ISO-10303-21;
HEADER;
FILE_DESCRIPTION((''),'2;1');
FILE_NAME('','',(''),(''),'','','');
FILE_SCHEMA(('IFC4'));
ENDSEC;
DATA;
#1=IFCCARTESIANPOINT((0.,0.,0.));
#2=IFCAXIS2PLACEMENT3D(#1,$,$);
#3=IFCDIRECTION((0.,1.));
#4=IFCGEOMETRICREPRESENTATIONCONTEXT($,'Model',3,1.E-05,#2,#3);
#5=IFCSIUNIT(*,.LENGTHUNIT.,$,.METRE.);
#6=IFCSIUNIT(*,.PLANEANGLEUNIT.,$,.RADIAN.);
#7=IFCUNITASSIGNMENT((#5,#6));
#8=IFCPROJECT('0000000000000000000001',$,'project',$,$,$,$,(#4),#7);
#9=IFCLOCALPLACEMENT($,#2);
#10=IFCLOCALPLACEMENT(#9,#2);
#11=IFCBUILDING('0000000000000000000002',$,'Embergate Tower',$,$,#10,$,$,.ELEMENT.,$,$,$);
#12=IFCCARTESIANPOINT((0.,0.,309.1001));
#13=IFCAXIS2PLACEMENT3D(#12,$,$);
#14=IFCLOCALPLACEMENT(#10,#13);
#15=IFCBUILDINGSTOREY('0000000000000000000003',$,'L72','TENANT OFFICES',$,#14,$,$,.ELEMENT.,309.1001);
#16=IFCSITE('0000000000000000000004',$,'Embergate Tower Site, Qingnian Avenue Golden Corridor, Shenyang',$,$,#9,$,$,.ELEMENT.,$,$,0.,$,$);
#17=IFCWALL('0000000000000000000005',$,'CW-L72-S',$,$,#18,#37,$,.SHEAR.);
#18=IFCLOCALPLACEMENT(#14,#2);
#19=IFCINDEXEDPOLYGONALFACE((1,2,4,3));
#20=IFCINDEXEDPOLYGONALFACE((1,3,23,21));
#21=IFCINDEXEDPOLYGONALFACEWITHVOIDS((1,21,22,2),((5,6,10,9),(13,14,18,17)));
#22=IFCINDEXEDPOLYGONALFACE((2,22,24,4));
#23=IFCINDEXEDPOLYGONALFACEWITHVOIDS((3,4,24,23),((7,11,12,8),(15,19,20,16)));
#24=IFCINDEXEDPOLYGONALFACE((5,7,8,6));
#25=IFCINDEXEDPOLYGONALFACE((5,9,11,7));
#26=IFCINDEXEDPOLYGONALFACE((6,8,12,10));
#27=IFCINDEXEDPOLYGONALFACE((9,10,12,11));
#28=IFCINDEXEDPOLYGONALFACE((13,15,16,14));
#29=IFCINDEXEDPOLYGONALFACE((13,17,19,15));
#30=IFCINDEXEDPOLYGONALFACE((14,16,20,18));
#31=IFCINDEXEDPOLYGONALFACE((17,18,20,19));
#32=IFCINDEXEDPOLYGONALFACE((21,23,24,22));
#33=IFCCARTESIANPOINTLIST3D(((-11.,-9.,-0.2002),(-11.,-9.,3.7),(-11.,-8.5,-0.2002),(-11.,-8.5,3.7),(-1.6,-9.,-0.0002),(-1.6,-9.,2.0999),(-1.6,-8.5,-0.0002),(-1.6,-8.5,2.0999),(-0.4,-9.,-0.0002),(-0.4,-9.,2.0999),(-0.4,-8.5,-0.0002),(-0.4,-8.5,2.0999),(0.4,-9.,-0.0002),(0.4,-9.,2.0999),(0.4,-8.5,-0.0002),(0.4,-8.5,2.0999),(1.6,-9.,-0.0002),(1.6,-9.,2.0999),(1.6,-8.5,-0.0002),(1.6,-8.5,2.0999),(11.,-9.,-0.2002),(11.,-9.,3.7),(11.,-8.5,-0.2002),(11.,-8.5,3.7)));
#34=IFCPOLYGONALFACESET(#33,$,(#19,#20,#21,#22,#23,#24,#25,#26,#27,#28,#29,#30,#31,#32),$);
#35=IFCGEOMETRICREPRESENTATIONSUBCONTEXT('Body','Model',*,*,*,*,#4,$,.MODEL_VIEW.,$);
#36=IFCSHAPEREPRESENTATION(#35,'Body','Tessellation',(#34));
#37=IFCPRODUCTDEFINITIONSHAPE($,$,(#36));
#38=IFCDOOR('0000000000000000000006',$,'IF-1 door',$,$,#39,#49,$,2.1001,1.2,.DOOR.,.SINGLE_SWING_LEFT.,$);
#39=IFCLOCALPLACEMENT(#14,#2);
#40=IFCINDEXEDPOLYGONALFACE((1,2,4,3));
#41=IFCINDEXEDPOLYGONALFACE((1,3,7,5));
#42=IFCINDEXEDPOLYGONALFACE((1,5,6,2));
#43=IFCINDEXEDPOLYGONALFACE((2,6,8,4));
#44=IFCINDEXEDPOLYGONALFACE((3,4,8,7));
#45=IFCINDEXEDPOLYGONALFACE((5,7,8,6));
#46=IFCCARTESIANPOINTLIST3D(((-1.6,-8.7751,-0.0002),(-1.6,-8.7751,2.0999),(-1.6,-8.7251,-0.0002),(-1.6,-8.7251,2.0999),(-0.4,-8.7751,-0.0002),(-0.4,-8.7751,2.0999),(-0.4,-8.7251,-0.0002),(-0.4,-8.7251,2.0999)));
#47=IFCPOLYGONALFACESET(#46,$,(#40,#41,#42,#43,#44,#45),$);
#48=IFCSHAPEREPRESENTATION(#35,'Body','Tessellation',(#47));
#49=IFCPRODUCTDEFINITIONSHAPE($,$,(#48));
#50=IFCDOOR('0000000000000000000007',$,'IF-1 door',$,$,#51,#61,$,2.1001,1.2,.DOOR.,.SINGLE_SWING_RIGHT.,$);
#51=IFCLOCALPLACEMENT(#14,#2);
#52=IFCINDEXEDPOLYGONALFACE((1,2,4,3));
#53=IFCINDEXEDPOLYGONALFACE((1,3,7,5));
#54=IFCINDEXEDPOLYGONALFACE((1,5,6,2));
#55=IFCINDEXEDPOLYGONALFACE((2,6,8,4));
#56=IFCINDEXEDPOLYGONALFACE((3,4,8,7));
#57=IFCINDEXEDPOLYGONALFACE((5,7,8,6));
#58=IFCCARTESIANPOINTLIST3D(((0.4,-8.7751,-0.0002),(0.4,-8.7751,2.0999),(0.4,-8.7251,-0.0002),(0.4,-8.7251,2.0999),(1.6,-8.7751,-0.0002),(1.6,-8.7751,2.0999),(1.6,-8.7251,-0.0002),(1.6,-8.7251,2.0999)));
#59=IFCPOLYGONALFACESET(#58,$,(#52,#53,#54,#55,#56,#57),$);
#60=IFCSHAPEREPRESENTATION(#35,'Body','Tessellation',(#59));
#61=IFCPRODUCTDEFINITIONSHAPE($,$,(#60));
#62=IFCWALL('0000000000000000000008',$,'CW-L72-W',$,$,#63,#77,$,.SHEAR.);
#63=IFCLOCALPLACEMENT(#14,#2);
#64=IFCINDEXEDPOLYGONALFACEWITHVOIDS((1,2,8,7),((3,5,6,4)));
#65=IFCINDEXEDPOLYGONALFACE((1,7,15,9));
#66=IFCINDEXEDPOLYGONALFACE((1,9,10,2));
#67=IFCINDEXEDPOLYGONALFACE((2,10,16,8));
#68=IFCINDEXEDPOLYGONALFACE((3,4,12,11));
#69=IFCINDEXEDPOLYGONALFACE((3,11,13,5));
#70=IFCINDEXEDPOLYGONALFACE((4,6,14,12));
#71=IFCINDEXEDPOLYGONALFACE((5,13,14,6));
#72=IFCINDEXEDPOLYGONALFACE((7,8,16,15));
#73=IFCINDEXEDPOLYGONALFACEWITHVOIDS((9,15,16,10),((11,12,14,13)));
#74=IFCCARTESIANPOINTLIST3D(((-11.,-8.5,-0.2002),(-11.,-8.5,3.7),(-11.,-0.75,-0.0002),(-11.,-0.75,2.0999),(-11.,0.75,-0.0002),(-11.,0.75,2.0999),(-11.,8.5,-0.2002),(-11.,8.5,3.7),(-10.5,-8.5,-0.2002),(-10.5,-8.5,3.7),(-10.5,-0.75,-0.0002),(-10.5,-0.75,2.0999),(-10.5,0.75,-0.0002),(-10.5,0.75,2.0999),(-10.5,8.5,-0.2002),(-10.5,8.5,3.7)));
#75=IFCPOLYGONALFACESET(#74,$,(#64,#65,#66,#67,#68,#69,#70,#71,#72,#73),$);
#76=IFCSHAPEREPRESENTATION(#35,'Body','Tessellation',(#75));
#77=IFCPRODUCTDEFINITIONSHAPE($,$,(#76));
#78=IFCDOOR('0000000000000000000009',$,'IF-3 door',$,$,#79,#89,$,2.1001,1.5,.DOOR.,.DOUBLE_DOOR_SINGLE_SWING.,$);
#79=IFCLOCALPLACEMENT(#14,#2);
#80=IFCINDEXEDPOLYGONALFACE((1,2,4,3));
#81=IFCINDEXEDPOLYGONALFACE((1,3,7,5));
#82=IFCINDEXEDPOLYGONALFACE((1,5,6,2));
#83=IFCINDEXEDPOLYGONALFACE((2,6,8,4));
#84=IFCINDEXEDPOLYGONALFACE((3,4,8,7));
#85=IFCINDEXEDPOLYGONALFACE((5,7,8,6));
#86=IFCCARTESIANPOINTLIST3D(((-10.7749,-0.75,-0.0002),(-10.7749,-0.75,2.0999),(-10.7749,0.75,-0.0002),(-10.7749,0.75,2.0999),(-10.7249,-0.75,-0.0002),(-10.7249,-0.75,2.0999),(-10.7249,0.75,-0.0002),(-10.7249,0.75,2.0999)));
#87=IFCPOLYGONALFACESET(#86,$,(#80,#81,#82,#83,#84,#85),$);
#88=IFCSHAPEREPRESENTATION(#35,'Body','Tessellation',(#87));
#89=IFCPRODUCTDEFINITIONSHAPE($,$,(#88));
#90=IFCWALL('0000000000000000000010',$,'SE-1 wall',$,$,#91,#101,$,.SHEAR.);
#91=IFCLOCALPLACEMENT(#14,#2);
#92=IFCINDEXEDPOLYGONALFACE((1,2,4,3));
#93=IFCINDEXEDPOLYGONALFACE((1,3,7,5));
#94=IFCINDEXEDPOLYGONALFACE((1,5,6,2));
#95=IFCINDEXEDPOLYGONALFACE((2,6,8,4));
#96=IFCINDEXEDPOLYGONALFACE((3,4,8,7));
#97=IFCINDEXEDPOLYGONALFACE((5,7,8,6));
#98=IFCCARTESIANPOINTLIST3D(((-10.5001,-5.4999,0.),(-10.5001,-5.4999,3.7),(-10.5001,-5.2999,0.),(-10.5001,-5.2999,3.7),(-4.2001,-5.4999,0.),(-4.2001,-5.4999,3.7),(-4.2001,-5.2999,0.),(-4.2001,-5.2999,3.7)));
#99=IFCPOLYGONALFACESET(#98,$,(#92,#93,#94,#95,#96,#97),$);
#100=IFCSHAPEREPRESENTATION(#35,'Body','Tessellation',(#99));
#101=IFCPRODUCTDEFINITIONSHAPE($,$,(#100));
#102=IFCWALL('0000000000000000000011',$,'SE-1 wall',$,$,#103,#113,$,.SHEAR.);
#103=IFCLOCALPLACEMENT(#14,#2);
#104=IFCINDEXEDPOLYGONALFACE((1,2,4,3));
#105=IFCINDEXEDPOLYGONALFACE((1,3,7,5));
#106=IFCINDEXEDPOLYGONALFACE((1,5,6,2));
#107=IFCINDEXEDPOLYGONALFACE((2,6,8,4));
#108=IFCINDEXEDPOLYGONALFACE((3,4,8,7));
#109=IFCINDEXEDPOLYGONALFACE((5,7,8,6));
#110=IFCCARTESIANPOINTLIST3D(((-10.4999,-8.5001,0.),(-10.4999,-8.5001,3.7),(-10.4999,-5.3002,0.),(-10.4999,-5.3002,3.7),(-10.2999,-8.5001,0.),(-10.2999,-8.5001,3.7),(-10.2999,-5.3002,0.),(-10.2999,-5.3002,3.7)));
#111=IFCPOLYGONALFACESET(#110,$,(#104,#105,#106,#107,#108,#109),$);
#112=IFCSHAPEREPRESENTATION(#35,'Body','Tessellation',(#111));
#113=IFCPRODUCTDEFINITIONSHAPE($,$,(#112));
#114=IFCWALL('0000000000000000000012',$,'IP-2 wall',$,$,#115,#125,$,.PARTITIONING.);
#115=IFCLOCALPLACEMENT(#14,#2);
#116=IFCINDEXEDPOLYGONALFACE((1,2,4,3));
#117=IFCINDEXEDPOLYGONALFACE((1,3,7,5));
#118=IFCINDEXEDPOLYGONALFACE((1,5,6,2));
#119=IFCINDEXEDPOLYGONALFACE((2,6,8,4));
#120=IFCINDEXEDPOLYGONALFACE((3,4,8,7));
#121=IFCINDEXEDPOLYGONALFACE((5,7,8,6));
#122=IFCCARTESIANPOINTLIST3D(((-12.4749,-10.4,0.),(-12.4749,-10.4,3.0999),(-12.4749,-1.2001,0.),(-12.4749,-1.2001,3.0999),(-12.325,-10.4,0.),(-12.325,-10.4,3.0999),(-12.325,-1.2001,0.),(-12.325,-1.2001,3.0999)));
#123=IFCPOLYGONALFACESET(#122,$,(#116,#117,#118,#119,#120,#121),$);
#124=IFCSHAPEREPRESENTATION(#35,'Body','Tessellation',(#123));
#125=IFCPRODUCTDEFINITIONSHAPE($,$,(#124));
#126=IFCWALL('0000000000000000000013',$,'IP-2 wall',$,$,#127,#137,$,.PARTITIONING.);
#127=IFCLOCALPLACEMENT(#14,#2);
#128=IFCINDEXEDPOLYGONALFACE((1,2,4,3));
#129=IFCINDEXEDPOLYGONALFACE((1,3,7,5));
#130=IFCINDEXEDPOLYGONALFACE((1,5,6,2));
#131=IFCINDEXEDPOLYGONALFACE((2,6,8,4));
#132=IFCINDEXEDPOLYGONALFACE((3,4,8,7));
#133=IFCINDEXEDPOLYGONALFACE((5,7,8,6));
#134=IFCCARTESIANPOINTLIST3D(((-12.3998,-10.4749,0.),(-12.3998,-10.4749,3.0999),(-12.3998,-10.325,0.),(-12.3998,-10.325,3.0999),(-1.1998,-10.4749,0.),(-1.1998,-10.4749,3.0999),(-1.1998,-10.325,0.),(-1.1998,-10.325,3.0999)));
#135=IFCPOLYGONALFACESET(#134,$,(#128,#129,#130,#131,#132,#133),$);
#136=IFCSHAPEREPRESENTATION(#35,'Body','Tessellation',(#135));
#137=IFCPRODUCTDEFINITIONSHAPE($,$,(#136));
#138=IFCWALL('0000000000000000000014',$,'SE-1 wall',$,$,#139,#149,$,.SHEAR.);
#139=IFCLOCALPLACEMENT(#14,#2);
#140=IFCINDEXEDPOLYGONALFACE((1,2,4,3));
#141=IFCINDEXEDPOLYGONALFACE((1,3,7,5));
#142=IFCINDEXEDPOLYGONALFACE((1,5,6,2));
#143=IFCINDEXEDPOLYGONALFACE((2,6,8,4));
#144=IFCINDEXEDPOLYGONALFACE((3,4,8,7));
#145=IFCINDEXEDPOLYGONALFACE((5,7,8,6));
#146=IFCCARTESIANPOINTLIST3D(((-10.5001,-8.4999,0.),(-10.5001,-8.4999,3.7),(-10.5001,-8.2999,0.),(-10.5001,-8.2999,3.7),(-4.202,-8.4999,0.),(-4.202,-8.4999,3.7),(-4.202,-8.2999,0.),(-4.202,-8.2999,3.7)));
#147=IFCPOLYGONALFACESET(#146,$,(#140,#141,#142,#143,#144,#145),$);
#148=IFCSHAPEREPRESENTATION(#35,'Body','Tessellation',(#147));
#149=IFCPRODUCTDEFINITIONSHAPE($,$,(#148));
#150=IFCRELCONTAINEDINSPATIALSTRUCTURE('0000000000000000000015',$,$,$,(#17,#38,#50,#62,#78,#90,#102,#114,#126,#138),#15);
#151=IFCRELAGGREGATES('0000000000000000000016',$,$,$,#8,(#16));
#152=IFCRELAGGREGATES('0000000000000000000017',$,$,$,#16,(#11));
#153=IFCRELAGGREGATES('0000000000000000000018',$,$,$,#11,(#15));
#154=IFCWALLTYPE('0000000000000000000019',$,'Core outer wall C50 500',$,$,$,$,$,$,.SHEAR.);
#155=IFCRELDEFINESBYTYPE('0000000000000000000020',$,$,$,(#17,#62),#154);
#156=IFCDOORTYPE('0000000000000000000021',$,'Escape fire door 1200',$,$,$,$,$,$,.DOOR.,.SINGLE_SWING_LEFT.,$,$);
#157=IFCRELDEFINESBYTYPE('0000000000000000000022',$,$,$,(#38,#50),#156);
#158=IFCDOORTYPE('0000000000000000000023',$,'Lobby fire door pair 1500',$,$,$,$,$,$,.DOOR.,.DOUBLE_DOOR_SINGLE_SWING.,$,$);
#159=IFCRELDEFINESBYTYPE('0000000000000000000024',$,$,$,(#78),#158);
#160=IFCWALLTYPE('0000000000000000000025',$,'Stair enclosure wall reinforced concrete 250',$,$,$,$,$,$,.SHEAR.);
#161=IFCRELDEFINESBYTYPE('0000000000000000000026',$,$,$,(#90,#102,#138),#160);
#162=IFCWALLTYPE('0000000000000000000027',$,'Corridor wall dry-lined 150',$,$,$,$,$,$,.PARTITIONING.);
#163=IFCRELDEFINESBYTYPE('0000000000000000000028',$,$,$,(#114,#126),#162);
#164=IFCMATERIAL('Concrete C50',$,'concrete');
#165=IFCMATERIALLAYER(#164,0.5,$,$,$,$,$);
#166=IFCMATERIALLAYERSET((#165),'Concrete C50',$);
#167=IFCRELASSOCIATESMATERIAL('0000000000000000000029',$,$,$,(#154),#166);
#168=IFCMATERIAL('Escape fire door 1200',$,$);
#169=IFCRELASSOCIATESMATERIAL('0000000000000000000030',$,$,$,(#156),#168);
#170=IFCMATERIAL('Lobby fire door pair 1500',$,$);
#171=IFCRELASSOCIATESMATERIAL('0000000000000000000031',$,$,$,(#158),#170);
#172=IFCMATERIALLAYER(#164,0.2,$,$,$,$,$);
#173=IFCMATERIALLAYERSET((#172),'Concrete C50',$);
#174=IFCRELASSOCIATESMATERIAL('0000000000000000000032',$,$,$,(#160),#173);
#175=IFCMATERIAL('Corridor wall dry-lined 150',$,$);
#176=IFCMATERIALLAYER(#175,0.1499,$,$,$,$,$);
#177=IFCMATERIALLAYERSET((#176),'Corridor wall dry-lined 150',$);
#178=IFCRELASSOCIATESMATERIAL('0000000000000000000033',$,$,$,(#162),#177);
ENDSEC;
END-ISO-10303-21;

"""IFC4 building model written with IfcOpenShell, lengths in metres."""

from ifc_helpers import new_model, si_unit, direction, frame, frame_2d, origin, place, context, subcontext, project, spatial, rectangle, extrude, source, transform, mapped, material, layer, layer_set, type_object, element, fill, save


model = new_model("IFC4")

# Units and contexts
model_context = context("Model", 3, precision=1e-05, world=origin(), true_north=direction((0.0, 1.0)))
body_context = subcontext(model_context, "Body", "Model", "MODEL_VIEW")
ifc_project = project(units=[si_unit("LENGTHUNIT", "METRE"), si_unit("PLANEANGLEUNIT", "RADIAN")], contexts=[model_context])

# Site, building, storey
site_placement = place(None, origin())
site = spatial("IfcSite", under=ifc_project, at=site_placement, Name="Embergate Tower Site, Qingnian Avenue Golden Corridor, Shenyang", CompositionType="ELEMENT", RefElevation=0.0)
building_placement = place(site_placement, origin())
building = spatial("IfcBuilding", under=site, at=building_placement, Name="Embergate Tower", CompositionType="ELEMENT")
storey_placement = place(building_placement, frame((0.0, 0.0, 309.1001)))
storey = spatial("IfcBuildingStorey", under=building, at=storey_placement, Name="L72", Description="TENANT OFFICES", CompositionType="ELEMENT", Elevation=309.1001)

# Wall, openings, doors
ifc_material_1 = material(Name="Concrete C50", Category="concrete")
ifc_layer_1 = layer(ifc_material_1, 0.5)
ifc_layer_set_1 = layer_set([ifc_layer_1], Name="Concrete C50")
wall_type_1 = type_object("IfcWallType", Name="Core outer wall C50 500", PredefinedType="SHEAR", material=ifc_layer_set_1)
shared_shape_1 = source(origin(), body_context, "Body", "SweptSolid", [
    extrude(rectangle(XDim=22.0, YDim=0.5, at=frame_2d((11.0, 0.0))), origin(), (0.0, 0.0, 1.0), 3.9001),
])
wall_1_placement = place(storey_placement, frame((-11.0, -8.75, -0.2002), z_axis=(0.0, 0.0, 1.0), x_axis=(1.0, 0.0, 0.0)))
wall_1 = element("IfcWall", 1, at=wall_1_placement, inside=storey, type_object=wall_type_1, Name="CW-L72-S", PredefinedType="SHEAR", context=body_context, shape_type="MappedRepresentation", body=[
    mapped(shared_shape_1, transform((0.0, 0.0, 0.0))),
])
shared_shape_2 = source(origin(), body_context, "Body", "SweptSolid", [
    extrude(rectangle(XDim=1.2, YDim=2.1001, at=frame_2d((0.6001, 1.05))), frame((0.0, 0.26, 0.0), z_axis=(0.0, -1.0, 0.0), x_axis=(1.0, 0.0, 0.0)), (0.0, 0.0, 1.0), 0.52),
])
opening_1_placement = place(wall_1_placement, frame((9.3999, 0.0, 0.2)))
opening_1 = element("IfcOpeningElement", 2, at=opening_1_placement, cuts=wall_1, PredefinedType="OPENING", context=body_context, shape_type="MappedRepresentation", body=[
    mapped(shared_shape_2, transform((0.0, 0.0, 0.0))),
])
opening_2_placement = place(wall_1_placement, frame((11.3999, 0.0, 0.2)))
opening_2 = element("IfcOpeningElement", 3, at=opening_2_placement, cuts=wall_1, PredefinedType="OPENING", context=body_context, shape_type="MappedRepresentation", body=[
    mapped(shared_shape_2, transform((0.0, 0.0, 0.0))),
])
ifc_material_2 = material(Name="Escape fire door 1200")
door_type_1 = type_object("IfcDoorType", Name="Escape fire door 1200", OperationType="SINGLE_SWING_LEFT", PredefinedType="DOOR", material=ifc_material_2)
shared_shape_3 = source(origin(), body_context, "Body", "SweptSolid", [
    extrude(rectangle(XDim=1.2, YDim=2.1001, at=frame_2d((0.6001, 1.05))), frame((0.0, 0.0249, 0.0), z_axis=(0.0, -1.0, 0.0), x_axis=(1.0, 0.0, 0.0)), (0.0, 0.0, 1.0), 0.05),
])
door_1_placement = place(opening_1_placement, origin())
door_1 = element("IfcDoor", 4, at=door_1_placement, inside=storey, type_object=door_type_1, Name="IF-1 door", OperationType="SINGLE_SWING_LEFT", OverallHeight=2.1001, OverallWidth=1.2, PredefinedType="DOOR", context=body_context, shape_type="MappedRepresentation", body=[
    mapped(shared_shape_3, transform((0.0, 0.0, 0.0))),
])
fill(opening_1, door_1)
door_2_placement = place(opening_2_placement, origin())
door_2 = element("IfcDoor", 5, at=door_2_placement, inside=storey, type_object=door_type_1, Name="IF-1 door", OperationType="SINGLE_SWING_RIGHT", OverallHeight=2.1001, OverallWidth=1.2, PredefinedType="DOOR", context=body_context, shape_type="MappedRepresentation", body=[
    mapped(shared_shape_3, transform((0.0, 0.0, 0.0))),
])
fill(opening_2, door_2)

# Wall, opening, door
shared_shape_4 = source(origin(), body_context, "Body", "SweptSolid", [
    extrude(rectangle(XDim=17.0, YDim=0.5, at=frame_2d((8.5, 0.0))), origin(), (0.0, 0.0, 1.0), 3.9001),
])
wall_2_placement = place(storey_placement, frame((-10.75, -8.5, -0.2002), z_axis=(0.0, 0.0, 1.0), x_axis=(0.0, 1.0, 0.0)))
wall_2 = element("IfcWall", 6, at=wall_2_placement, inside=storey, type_object=wall_type_1, Name="CW-L72-W", PredefinedType="SHEAR", context=body_context, shape_type="MappedRepresentation", body=[
    mapped(shared_shape_4, transform((0.0, 0.0, 0.0))),
])
shared_shape_5 = source(origin(), body_context, "Body", "SweptSolid", [
    extrude(rectangle(XDim=1.5, YDim=2.1001, at=frame_2d((0.75, 1.05))), frame((0.0, 0.26, 0.0), z_axis=(0.0, -1.0, 0.0), x_axis=(1.0, 0.0, 0.0)), (0.0, 0.0, 1.0), 0.52),
])
opening_3_placement = place(wall_2_placement, frame((7.75, 0.0, 0.2)))
opening_3 = element("IfcOpeningElement", 7, at=opening_3_placement, cuts=wall_2, PredefinedType="OPENING", context=body_context, shape_type="MappedRepresentation", body=[
    mapped(shared_shape_5, transform((0.0, 0.0, 0.0))),
])
ifc_material_3 = material(Name="Lobby fire door pair 1500")
door_type_2 = type_object("IfcDoorType", Name="Lobby fire door pair 1500", OperationType="DOUBLE_DOOR_SINGLE_SWING", PredefinedType="DOOR", material=ifc_material_3)
shared_shape_6 = source(origin(), body_context, "Body", "SweptSolid", [
    extrude(rectangle(XDim=1.5, YDim=2.1001, at=frame_2d((0.75, 1.05))), frame((0.0, 0.0249, 0.0), z_axis=(0.0, -1.0, 0.0), x_axis=(1.0, 0.0, 0.0)), (0.0, 0.0, 1.0), 0.05),
])
door_3_placement = place(opening_3_placement, origin())
door_3 = element("IfcDoor", 8, at=door_3_placement, inside=storey, type_object=door_type_2, Name="IF-3 door", OperationType="DOUBLE_DOOR_SINGLE_SWING", OverallHeight=2.1001, OverallWidth=1.5, PredefinedType="DOOR", context=body_context, shape_type="MappedRepresentation", body=[
    mapped(shared_shape_6, transform((0.0, 0.0, 0.0))),
])
fill(opening_3, door_3)

# Walls
ifc_layer_2 = layer(ifc_material_1, 0.2)
ifc_layer_set_2 = layer_set([ifc_layer_2], Name="Concrete C50")
wall_type_2 = type_object("IfcWallType", Name="Stair enclosure wall reinforced concrete 250", PredefinedType="SHEAR", material=ifc_layer_set_2)
shared_shape_7 = source(origin(), body_context, "Body", "SweptSolid", [
    extrude(rectangle(XDim=6.3, YDim=0.2, at=frame_2d((3.1499, 0.0))), origin(), (0.0, 0.0, 1.0), 3.7),
])
wall_3_placement = place(storey_placement, frame((-10.5, -5.3999, 0.0), z_axis=(0.0, 0.0, 1.0), x_axis=(1.0, 0.0, 0.0)))
element("IfcWall", 9, at=wall_3_placement, inside=storey, type_object=wall_type_2, Name="SE-1 wall", PredefinedType="SHEAR", context=body_context, shape_type="MappedRepresentation", body=[
    mapped(shared_shape_7, transform((0.0, 0.0, 0.0))),
])
shared_shape_8 = source(origin(), body_context, "Body", "SweptSolid", [
    extrude(rectangle(XDim=3.2, YDim=0.2, at=frame_2d((1.6001, 0.0))), origin(), (0.0, 0.0, 1.0), 3.7),
])
wall_4_placement = place(storey_placement, frame((-10.3999, -5.3, 0.0), z_axis=(0.0, 0.0, 1.0), x_axis=(0.0, -1.0, 0.0)))
element("IfcWall", 10, at=wall_4_placement, inside=storey, type_object=wall_type_2, Name="SE-1 wall", PredefinedType="SHEAR", context=body_context, shape_type="MappedRepresentation", body=[
    mapped(shared_shape_8, transform((0.0, 0.0, 0.0))),
])
ifc_material_4 = material(Name="Corridor wall dry-lined 150")
ifc_layer_3 = layer(ifc_material_4, 0.1499)
ifc_layer_set_3 = layer_set([ifc_layer_3], Name="Corridor wall dry-lined 150")
wall_type_3 = type_object("IfcWallType", Name="Corridor wall dry-lined 150", PredefinedType="PARTITIONING", material=ifc_layer_set_3)
shared_shape_9 = source(origin(), body_context, "Body", "SweptSolid", [
    extrude(rectangle(XDim=9.2, YDim=0.1499, at=frame_2d((4.6001, 0.0))), origin(), (0.0, 0.0, 1.0), 3.0999),
])
wall_5_placement = place(storey_placement, frame((-12.3999, -1.2, 0.0), z_axis=(0.0, 0.0, 1.0), x_axis=(0.0, -1.0, 0.0)))
element("IfcWall", 11, at=wall_5_placement, inside=storey, type_object=wall_type_3, Name="IP-2 wall", PredefinedType="PARTITIONING", context=body_context, shape_type="MappedRepresentation", body=[
    mapped(shared_shape_9, transform((0.0, 0.0, 0.0))),
])
shared_shape_10 = source(origin(), body_context, "Body", "SweptSolid", [
    extrude(rectangle(XDim=11.2, YDim=0.1499, at=frame_2d((5.6001, 0.0))), origin(), (0.0, 0.0, 1.0), 3.0999),
])
wall_6_placement = place(storey_placement, frame((-12.3999, -10.3999, 0.0), z_axis=(0.0, 0.0, 1.0), x_axis=(1.0, 0.0, 0.0)))
element("IfcWall", 12, at=wall_6_placement, inside=storey, type_object=wall_type_3, Name="IP-2 wall", PredefinedType="PARTITIONING", context=body_context, shape_type="MappedRepresentation", body=[
    mapped(shared_shape_10, transform((0.0, 0.0, 0.0))),
])
shared_shape_11 = source(origin(), body_context, "Body", "SweptSolid", [
    extrude(rectangle(XDim=6.2981, YDim=0.2, at=frame_2d((3.1489, 0.0))), origin(), (0.0, 0.0, 1.0), 3.7),
])
wall_7_placement = place(storey_placement, frame((-10.5, -8.3999, 0.0), z_axis=(0.0, 0.0, 1.0), x_axis=(1.0, 0.0, 0.0)))
element("IfcWall", 13, at=wall_7_placement, inside=storey, type_object=wall_type_2, Name="SE-1 wall", PredefinedType="SHEAR", context=body_context, shape_type="MappedRepresentation", body=[
    mapped(shared_shape_11, transform((0.0, 0.0, 0.0))),
])

save(model, "model.ifc")
